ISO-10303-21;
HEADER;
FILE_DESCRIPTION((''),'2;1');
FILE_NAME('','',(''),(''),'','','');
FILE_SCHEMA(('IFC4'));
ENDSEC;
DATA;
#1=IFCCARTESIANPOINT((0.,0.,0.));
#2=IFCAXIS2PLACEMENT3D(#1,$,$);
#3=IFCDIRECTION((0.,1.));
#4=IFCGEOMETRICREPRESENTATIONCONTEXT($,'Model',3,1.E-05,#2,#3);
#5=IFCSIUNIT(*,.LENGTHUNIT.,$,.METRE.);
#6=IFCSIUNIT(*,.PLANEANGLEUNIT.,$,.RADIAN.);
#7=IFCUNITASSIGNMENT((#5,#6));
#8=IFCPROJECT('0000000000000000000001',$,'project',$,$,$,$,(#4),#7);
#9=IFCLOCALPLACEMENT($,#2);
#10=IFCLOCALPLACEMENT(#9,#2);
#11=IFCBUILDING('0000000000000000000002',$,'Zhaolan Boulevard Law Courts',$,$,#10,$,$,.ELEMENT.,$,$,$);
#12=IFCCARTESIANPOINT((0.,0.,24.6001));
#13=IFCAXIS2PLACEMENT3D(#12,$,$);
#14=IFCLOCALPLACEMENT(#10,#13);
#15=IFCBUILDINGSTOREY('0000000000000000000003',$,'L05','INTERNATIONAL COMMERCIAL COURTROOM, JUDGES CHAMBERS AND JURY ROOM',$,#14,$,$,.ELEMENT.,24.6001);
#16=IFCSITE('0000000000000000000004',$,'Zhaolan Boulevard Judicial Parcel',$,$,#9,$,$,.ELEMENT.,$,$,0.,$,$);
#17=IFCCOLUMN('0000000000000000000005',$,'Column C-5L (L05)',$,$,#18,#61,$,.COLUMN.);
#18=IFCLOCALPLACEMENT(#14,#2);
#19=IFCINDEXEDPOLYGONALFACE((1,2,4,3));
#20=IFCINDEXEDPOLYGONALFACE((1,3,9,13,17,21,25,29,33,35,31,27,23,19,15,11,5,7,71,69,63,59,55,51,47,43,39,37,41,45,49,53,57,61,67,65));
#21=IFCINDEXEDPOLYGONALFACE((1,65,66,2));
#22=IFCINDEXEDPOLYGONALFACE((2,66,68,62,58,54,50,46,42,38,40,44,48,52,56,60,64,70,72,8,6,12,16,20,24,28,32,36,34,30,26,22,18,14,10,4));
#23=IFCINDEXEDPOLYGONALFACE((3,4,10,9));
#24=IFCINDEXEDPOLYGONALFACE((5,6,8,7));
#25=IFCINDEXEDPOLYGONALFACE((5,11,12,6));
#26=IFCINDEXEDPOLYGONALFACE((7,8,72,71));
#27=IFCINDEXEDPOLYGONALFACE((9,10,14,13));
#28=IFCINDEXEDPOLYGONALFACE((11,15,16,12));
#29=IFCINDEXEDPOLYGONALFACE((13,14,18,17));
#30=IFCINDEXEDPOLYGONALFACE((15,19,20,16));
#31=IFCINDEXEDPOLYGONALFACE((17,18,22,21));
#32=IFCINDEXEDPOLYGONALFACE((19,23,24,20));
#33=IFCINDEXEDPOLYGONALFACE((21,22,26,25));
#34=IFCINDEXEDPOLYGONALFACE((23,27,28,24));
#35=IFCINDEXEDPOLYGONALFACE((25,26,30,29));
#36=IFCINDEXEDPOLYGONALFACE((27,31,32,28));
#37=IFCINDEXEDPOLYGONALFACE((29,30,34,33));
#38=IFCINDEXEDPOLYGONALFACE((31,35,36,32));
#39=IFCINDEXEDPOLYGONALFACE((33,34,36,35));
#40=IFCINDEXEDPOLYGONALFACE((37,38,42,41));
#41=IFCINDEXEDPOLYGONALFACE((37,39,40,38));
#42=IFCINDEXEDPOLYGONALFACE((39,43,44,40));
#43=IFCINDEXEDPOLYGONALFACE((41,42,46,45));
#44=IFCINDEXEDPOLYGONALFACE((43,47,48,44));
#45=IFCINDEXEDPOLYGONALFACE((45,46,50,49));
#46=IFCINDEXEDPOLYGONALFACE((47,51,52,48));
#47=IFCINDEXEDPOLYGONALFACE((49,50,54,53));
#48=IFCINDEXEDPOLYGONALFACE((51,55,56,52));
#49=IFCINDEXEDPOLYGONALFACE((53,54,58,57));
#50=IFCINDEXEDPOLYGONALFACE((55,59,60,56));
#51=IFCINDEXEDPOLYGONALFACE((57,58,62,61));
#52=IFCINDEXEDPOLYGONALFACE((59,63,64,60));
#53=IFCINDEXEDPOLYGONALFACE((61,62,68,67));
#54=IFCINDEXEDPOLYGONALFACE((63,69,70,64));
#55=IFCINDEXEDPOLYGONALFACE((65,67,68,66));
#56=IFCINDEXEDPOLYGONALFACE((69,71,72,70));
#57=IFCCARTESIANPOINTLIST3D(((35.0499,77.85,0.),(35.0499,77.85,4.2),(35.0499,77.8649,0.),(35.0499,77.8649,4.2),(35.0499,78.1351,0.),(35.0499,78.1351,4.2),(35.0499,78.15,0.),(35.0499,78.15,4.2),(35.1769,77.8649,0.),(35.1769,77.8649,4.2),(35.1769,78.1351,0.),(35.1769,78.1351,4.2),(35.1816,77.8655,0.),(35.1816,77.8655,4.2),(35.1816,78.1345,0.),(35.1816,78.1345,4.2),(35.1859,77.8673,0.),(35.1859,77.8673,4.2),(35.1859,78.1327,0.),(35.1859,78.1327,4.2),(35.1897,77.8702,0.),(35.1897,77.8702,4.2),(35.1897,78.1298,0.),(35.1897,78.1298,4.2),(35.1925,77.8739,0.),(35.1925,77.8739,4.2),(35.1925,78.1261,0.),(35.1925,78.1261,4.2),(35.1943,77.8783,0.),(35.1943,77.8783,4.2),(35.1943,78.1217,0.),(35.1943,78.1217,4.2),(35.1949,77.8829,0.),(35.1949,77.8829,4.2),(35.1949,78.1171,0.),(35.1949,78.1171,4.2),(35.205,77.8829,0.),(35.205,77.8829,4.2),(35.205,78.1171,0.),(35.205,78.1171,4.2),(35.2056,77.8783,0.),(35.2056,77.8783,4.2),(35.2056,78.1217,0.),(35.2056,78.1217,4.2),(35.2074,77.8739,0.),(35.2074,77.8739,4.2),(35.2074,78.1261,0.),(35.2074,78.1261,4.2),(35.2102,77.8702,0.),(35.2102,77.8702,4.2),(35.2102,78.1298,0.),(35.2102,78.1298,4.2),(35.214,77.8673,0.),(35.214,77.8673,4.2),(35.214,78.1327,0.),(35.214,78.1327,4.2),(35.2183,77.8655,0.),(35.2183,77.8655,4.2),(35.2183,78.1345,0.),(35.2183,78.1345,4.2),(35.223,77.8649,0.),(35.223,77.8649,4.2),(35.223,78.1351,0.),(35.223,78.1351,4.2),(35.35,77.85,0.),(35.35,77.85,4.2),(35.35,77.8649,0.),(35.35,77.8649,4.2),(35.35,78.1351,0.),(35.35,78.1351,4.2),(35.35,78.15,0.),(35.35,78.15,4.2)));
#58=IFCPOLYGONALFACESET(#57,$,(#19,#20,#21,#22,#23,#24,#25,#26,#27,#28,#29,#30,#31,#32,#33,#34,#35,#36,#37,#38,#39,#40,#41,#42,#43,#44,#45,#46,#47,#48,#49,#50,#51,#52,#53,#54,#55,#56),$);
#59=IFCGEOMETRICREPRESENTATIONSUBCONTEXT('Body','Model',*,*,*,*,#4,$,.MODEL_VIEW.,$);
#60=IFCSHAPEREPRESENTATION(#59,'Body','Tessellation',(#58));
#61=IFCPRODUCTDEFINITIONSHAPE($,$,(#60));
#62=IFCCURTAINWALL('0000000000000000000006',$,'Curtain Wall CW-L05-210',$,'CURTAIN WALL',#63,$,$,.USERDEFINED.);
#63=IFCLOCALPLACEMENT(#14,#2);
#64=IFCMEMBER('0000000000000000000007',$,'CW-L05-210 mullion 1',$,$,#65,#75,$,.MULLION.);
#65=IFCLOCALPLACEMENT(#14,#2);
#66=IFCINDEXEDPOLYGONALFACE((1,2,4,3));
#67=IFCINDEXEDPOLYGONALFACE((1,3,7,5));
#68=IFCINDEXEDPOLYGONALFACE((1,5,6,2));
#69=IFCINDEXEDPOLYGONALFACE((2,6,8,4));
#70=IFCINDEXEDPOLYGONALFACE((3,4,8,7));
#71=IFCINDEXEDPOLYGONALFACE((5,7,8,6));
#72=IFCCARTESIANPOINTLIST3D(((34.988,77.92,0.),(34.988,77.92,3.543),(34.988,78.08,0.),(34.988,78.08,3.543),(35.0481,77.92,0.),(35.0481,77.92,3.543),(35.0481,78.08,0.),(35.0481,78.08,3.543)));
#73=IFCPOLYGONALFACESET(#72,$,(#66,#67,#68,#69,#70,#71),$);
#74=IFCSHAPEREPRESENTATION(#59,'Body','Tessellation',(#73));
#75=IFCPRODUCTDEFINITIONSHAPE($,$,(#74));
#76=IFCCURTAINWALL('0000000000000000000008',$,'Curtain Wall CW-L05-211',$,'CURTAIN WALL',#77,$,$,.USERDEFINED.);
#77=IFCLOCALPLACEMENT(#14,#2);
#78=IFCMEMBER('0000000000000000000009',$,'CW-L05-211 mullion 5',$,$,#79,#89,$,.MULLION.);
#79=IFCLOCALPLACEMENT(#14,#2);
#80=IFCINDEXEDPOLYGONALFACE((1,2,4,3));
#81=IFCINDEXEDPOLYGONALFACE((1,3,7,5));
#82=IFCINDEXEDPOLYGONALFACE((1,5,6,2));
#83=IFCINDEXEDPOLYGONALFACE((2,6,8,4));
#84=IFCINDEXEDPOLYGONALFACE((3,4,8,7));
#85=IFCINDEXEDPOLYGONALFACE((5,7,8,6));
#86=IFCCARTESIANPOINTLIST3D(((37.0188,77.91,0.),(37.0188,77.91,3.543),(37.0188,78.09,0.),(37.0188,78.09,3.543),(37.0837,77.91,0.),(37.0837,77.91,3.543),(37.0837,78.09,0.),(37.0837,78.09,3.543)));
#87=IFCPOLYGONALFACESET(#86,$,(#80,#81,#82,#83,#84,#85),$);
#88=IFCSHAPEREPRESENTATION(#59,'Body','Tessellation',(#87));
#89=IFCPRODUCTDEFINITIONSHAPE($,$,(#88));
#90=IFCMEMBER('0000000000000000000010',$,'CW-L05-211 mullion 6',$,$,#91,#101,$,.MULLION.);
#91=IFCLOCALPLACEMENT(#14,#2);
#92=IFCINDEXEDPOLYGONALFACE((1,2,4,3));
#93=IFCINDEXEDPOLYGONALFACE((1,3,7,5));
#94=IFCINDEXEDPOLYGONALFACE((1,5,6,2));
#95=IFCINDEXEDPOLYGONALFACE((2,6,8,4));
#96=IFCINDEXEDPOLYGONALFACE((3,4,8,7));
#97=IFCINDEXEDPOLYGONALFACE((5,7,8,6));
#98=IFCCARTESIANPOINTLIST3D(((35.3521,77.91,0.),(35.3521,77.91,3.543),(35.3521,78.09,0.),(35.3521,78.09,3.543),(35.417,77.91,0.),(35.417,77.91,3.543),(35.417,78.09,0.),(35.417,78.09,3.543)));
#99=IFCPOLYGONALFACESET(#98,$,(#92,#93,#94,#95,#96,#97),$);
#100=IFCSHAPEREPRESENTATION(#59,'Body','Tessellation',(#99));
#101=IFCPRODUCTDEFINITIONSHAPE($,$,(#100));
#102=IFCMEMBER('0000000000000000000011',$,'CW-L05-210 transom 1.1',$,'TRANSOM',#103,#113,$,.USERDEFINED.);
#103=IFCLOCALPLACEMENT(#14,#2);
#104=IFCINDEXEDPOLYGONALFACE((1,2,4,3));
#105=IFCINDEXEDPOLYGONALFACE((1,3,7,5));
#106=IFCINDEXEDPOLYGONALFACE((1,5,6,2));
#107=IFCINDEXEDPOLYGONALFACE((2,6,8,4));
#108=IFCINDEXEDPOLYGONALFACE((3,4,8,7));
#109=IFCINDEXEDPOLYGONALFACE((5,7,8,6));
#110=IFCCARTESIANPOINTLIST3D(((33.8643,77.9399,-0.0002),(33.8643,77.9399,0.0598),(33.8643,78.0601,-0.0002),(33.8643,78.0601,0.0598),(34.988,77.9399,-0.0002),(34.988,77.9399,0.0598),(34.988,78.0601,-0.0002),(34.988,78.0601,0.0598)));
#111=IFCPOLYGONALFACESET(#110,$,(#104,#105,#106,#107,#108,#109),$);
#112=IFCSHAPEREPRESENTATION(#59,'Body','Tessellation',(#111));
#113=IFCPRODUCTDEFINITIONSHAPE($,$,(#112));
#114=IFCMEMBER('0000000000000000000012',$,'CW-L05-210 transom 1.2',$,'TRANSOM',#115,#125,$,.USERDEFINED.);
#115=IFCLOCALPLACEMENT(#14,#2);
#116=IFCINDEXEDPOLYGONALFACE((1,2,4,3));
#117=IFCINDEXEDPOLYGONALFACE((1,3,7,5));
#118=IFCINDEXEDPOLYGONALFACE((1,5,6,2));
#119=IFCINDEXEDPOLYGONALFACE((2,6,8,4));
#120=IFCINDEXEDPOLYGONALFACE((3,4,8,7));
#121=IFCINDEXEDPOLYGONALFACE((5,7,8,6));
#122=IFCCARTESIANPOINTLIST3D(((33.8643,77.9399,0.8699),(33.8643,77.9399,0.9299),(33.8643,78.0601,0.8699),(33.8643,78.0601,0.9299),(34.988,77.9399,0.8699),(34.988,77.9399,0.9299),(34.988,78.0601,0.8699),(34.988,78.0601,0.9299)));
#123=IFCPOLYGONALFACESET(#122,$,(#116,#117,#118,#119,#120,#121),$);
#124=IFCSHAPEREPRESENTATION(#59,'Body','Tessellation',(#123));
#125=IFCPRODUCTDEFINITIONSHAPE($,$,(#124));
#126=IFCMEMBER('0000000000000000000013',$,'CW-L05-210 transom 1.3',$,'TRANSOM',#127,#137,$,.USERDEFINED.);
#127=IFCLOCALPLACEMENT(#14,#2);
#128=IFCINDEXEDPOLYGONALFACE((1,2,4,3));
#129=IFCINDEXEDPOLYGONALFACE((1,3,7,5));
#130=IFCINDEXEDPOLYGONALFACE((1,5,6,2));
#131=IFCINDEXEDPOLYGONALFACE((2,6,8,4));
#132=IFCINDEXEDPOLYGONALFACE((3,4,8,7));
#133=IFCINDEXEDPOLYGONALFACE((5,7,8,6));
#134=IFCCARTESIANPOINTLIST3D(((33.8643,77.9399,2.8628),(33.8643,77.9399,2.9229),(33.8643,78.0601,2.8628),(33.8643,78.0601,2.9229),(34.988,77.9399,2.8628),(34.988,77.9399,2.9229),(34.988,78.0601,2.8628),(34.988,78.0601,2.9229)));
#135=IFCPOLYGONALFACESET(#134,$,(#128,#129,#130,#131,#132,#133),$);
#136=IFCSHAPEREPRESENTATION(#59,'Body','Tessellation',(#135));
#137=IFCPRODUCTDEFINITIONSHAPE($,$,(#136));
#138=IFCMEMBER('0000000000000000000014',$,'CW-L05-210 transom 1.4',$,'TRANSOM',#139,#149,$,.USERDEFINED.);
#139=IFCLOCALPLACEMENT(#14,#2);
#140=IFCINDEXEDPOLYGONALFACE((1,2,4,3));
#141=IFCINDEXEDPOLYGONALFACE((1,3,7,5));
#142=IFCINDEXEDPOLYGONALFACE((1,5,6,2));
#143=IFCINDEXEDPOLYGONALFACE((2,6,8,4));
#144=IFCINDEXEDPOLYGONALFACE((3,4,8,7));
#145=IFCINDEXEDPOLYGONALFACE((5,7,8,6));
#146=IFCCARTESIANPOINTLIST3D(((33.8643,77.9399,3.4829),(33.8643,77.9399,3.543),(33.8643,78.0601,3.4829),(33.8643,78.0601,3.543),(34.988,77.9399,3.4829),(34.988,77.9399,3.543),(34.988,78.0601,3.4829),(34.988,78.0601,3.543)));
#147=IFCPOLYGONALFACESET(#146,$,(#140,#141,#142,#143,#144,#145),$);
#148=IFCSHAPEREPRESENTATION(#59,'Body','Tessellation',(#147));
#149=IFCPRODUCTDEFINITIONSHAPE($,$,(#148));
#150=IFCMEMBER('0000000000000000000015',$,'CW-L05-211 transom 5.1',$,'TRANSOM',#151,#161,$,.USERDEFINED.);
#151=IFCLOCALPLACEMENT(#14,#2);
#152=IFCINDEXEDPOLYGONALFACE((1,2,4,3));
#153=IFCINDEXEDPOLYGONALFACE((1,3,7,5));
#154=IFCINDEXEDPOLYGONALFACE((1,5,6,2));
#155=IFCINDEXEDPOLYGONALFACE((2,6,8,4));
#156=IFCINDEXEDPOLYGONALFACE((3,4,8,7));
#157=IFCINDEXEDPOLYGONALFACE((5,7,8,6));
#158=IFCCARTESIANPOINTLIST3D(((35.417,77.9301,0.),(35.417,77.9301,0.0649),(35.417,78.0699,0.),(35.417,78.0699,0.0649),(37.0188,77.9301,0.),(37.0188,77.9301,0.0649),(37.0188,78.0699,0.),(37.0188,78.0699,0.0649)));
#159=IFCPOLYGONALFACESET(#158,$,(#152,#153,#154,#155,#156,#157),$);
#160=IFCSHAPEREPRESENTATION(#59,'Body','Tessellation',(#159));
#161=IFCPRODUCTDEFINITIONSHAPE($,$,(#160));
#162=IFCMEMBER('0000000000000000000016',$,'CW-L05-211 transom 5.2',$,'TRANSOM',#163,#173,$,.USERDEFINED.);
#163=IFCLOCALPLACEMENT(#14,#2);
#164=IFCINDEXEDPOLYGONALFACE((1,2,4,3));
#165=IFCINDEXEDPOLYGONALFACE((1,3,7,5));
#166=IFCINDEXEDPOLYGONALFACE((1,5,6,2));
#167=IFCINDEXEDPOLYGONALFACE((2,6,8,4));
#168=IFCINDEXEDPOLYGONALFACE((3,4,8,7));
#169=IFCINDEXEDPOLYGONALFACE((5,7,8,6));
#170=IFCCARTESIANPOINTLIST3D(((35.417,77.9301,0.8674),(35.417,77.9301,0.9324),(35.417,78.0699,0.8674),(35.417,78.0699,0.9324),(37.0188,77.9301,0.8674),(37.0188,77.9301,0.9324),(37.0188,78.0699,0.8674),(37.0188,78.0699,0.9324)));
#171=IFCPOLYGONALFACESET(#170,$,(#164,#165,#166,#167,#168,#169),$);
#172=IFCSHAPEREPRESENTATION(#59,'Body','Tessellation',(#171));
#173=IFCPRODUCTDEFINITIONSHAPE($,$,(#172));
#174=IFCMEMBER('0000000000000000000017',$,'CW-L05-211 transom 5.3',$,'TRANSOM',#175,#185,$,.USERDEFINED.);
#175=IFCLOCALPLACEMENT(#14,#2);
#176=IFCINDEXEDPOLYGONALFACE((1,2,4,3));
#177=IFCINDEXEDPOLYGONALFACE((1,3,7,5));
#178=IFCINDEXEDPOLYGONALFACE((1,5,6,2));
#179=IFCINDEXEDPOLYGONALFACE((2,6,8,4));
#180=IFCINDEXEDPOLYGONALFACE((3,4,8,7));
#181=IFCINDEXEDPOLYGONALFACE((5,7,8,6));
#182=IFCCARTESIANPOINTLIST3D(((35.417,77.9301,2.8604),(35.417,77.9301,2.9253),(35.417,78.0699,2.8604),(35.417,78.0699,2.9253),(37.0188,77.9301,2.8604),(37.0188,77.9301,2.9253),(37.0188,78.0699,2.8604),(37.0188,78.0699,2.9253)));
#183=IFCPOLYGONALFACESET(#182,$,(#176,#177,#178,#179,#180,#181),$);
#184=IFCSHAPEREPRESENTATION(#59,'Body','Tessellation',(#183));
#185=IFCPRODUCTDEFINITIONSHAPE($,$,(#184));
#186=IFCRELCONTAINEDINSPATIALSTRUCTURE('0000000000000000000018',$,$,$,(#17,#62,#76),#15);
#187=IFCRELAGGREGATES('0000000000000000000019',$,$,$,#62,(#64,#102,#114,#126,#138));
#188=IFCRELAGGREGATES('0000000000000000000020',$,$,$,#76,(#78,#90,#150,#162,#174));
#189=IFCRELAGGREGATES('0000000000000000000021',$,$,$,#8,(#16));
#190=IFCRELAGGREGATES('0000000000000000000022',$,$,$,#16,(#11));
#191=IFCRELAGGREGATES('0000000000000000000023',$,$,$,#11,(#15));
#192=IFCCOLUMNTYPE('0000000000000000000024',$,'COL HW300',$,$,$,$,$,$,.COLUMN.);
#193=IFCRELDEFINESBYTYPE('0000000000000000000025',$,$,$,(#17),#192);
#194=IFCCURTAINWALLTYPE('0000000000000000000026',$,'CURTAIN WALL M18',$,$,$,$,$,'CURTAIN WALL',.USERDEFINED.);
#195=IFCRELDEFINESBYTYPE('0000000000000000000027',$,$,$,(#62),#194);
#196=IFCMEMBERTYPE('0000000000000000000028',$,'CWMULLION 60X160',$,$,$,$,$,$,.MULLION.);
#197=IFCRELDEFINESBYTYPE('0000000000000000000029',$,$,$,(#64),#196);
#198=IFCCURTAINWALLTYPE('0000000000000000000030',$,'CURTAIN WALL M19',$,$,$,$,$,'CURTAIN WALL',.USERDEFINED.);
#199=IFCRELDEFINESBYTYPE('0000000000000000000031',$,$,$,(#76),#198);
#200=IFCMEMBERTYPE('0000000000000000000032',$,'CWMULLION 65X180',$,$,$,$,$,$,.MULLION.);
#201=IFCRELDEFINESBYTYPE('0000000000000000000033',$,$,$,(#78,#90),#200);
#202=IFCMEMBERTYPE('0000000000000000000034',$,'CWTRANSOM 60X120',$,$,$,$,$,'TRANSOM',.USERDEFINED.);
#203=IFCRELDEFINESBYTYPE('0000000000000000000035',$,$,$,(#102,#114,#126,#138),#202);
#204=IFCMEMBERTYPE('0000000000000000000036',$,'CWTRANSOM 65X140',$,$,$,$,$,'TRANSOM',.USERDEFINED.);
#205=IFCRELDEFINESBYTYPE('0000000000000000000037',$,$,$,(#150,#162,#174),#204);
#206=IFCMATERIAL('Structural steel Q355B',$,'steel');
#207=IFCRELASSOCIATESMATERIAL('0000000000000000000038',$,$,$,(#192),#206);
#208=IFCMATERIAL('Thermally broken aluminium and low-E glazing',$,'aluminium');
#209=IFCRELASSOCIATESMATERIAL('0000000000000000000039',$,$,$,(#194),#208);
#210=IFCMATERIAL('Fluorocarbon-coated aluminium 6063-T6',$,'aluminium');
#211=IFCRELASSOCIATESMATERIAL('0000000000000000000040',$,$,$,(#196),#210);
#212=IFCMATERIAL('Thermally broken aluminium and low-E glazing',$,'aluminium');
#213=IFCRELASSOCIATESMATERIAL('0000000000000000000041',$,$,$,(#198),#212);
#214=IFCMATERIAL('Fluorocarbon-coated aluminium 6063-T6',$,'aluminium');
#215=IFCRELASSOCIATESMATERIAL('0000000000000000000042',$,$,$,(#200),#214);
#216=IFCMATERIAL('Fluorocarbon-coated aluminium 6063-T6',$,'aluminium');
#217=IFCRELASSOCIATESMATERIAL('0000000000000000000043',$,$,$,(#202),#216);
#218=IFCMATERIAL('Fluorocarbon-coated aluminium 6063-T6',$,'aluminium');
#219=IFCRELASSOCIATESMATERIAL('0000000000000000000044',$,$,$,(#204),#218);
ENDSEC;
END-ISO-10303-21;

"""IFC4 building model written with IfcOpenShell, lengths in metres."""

from ifc_helpers import new_model, si_unit, direction, frame, origin, origin_2d, place, context, subcontext, project, spatial, rectangle, i_section, extrude, material, material_profile, profile_set, type_object, element, aggregate, save


model = new_model("IFC4")

# Units and contexts
model_context = context("Model", 3, precision=1e-05, world=origin(), true_north=direction((0.0, 1.0)))
body_context = subcontext(model_context, "Body", "Model", "MODEL_VIEW")
ifc_project = project(units=[si_unit("LENGTHUNIT", "METRE"), si_unit("PLANEANGLEUNIT", "RADIAN")], contexts=[model_context])

# Site, building, storey
site_placement = place(None, origin())
site = spatial("IfcSite", under=ifc_project, at=site_placement, Name="Zhaolan Boulevard Judicial Parcel", CompositionType="ELEMENT", RefElevation=0.0)
building_placement = place(site_placement, origin())
building = spatial("IfcBuilding", under=site, at=building_placement, Name="Zhaolan Boulevard Law Courts", CompositionType="ELEMENT")
storey_placement = place(building_placement, frame((0.0, 0.0, 24.6001)))
storey = spatial("IfcBuildingStorey", under=building, at=storey_placement, Name="L05", Description="INTERNATIONAL COMMERCIAL COURTROOM, JUDGES CHAMBERS AND JURY ROOM", CompositionType="ELEMENT", Elevation=24.6001)

# Column
ifc_material_1 = material(Name="Structural steel Q355B", Category="steel")
ifc_material_profile_1 = material_profile(ifc_material_1, i_section(OverallWidth=0.3, OverallDepth=0.3, WebThickness=0.01, FlangeThickness=0.0149, FilletRadius=0.0181, at=origin_2d()), Name="HW300x300")
ifc_profile_set_1 = profile_set([ifc_material_profile_1], Name="Structural steel Q355B")
column_type = type_object("IfcColumnType", Name="COL HW300", PredefinedType="COLUMN", material=ifc_profile_set_1)
column_placement = place(storey_placement, frame((35.2, 78.0, 0.0), z_axis=(0.0, 0.0, 1.0), x_axis=(1.0, 0.0, 0.0)))
element("IfcColumn", 1, at=column_placement, inside=storey, type_object=column_type, Name="Column C-5L (L05)", PredefinedType="COLUMN", context=body_context, shape_type="SweptSolid", body=[
    extrude(i_section(OverallWidth=0.3, OverallDepth=0.3, WebThickness=0.01, FlangeThickness=0.0149, FilletRadius=0.0181, at=origin_2d()), origin(), (0.0, 0.0, 1.0), 4.2),
])

# Curtain wall, member
ifc_material_2 = material(Name="Thermally broken aluminium and low-E glazing", Category="aluminium")
curtain_wall_type_1 = type_object("IfcCurtainWallType", Name="CURTAIN WALL M18", ElementType="CURTAIN WALL", PredefinedType="USERDEFINED", material=ifc_material_2)
curtain_wall_1_placement = place(storey_placement, origin())
curtain_wall_1 = element("IfcCurtainWall", 2, at=curtain_wall_1_placement, inside=storey, type_object=curtain_wall_type_1, Name="Curtain Wall CW-L05-210", ObjectType="CURTAIN WALL", PredefinedType="USERDEFINED")
ifc_material_3 = material(Name="Fluorocarbon-coated aluminium 6063-T6", Category="aluminium")
ifc_material_profile_2 = material_profile(ifc_material_3, rectangle(XDim=0.1599, YDim=0.0601, at=origin_2d()), Name="AL60x160")
ifc_profile_set_2 = profile_set([ifc_material_profile_2], Name="Fluorocarbon-coated aluminium 6063-T6")
member_type_1 = type_object("IfcMemberType", Name="CWMULLION 60X160", PredefinedType="MULLION", material=ifc_profile_set_2)
member_1_placement = place(storey_placement, frame((35.0181, 78.0, 0.0), z_axis=(0.0, 0.0, 1.0), x_axis=(0.0, -1.0, 0.0)))
member_1 = element("IfcMember", 3, at=member_1_placement, type_object=member_type_1, Name="CW-L05-210 mullion 1", PredefinedType="MULLION", context=body_context, shape_type="SweptSolid", body=[
    extrude(rectangle(XDim=0.1599, YDim=0.0601, at=origin_2d()), origin(), (0.0, 0.0, 1.0), 3.543),
])

# Curtain wall, members
ifc_material_4 = material(Name="Thermally broken aluminium and low-E glazing", Category="aluminium")
curtain_wall_type_2 = type_object("IfcCurtainWallType", Name="CURTAIN WALL M19", ElementType="CURTAIN WALL", PredefinedType="USERDEFINED", material=ifc_material_4)
curtain_wall_2_placement = place(storey_placement, origin())
curtain_wall_2 = element("IfcCurtainWall", 4, at=curtain_wall_2_placement, inside=storey, type_object=curtain_wall_type_2, Name="Curtain Wall CW-L05-211", ObjectType="CURTAIN WALL", PredefinedType="USERDEFINED")
ifc_material_5 = material(Name="Fluorocarbon-coated aluminium 6063-T6", Category="aluminium")
ifc_material_profile_3 = material_profile(ifc_material_5, rectangle(XDim=0.1799, YDim=0.0649, at=origin_2d()), Name="AL65x180")
ifc_profile_set_3 = profile_set([ifc_material_profile_3], Name="Fluorocarbon-coated aluminium 6063-T6")
member_type_2 = type_object("IfcMemberType", Name="CWMULLION 65X180", PredefinedType="MULLION", material=ifc_profile_set_3)
member_2_placement = place(storey_placement, frame((37.0513, 78.0, 0.0), z_axis=(0.0, 0.0, 1.0), x_axis=(0.0, -1.0, 0.0)))
member_2 = element("IfcMember", 5, at=member_2_placement, type_object=member_type_2, Name="CW-L05-211 mullion 5", PredefinedType="MULLION", context=body_context, shape_type="SweptSolid", body=[
    extrude(rectangle(XDim=0.1799, YDim=0.0649, at=origin_2d()), origin(), (0.0, 0.0, 1.0), 3.543),
])
member_3_placement = place(storey_placement, frame((35.3845, 78.0, 0.0), z_axis=(0.0, 0.0, 1.0), x_axis=(0.0, -1.0, 0.0)))
member_3 = element("IfcMember", 6, at=member_3_placement, type_object=member_type_2, Name="CW-L05-211 mullion 6", PredefinedType="MULLION", context=body_context, shape_type="SweptSolid", body=[
    extrude(rectangle(XDim=0.1799, YDim=0.0649, at=origin_2d()), origin(), (0.0, 0.0, 1.0), 3.543),
])

# Members
ifc_material_6 = material(Name="Fluorocarbon-coated aluminium 6063-T6", Category="aluminium")
ifc_material_profile_4 = material_profile(ifc_material_6, rectangle(XDim=0.1201, YDim=0.0601, at=origin_2d()), Name="AL60x120")
ifc_profile_set_4 = profile_set([ifc_material_profile_4], Name="Fluorocarbon-coated aluminium 6063-T6")
member_type_3 = type_object("IfcMemberType", Name="CWTRANSOM 60X120", ElementType="TRANSOM", PredefinedType="USERDEFINED", material=ifc_profile_set_4)
member_4_placement = place(storey_placement, frame((34.988, 78.0, 0.0298), z_axis=(-1.0, 0.0, 0.0), x_axis=(0.0, -1.0, 0.0)))
member_4 = element("IfcMember", 7, at=member_4_placement, type_object=member_type_3, Name="CW-L05-210 transom 1.1", ObjectType="TRANSOM", PredefinedType="USERDEFINED", context=body_context, shape_type="SweptSolid", body=[
    extrude(rectangle(XDim=0.1201, YDim=0.0601, at=origin_2d()), origin(), (0.0, 0.0, 1.0), 1.1238),
])
member_5_placement = place(storey_placement, frame((34.988, 78.0, 0.8999), z_axis=(-1.0, 0.0, 0.0), x_axis=(0.0, -1.0, 0.0)))
member_5 = element("IfcMember", 8, at=member_5_placement, type_object=member_type_3, Name="CW-L05-210 transom 1.2", ObjectType="TRANSOM", PredefinedType="USERDEFINED", context=body_context, shape_type="SweptSolid", body=[
    extrude(rectangle(XDim=0.1201, YDim=0.0601, at=origin_2d()), origin(), (0.0, 0.0, 1.0), 1.1238),
])
member_6_placement = place(storey_placement, frame((34.988, 78.0, 2.8928), z_axis=(-1.0, 0.0, 0.0), x_axis=(0.0, -1.0, 0.0)))
member_6 = element("IfcMember", 9, at=member_6_placement, type_object=member_type_3, Name="CW-L05-210 transom 1.3", ObjectType="TRANSOM", PredefinedType="USERDEFINED", context=body_context, shape_type="SweptSolid", body=[
    extrude(rectangle(XDim=0.1201, YDim=0.0601, at=origin_2d()), origin(), (0.0, 0.0, 1.0), 1.1238),
])
member_7_placement = place(storey_placement, frame((34.988, 78.0, 3.5129), z_axis=(-1.0, 0.0, 0.0), x_axis=(0.0, -1.0, 0.0)))
member_7 = element("IfcMember", 10, at=member_7_placement, type_object=member_type_3, Name="CW-L05-210 transom 1.4", ObjectType="TRANSOM", PredefinedType="USERDEFINED", context=body_context, shape_type="SweptSolid", body=[
    extrude(rectangle(XDim=0.1201, YDim=0.0601, at=origin_2d()), origin(), (0.0, 0.0, 1.0), 1.1238),
])
ifc_material_7 = material(Name="Fluorocarbon-coated aluminium 6063-T6", Category="aluminium")
ifc_material_profile_5 = material_profile(ifc_material_7, rectangle(XDim=0.1399, YDim=0.0649, at=origin_2d()), Name="AL65x140")
ifc_profile_set_5 = profile_set([ifc_material_profile_5], Name="Fluorocarbon-coated aluminium 6063-T6")
member_type_4 = type_object("IfcMemberType", Name="CWTRANSOM 65X140", ElementType="TRANSOM", PredefinedType="USERDEFINED", material=ifc_profile_set_5)
member_8_placement = place(storey_placement, frame((37.0188, 78.0, 0.0325), z_axis=(-1.0, 0.0, 0.0), x_axis=(0.0, -1.0, 0.0)))
member_8 = element("IfcMember", 11, at=member_8_placement, type_object=member_type_4, Name="CW-L05-211 transom 5.1", ObjectType="TRANSOM", PredefinedType="USERDEFINED", context=body_context, shape_type="SweptSolid", body=[
    extrude(rectangle(XDim=0.1399, YDim=0.0649, at=origin_2d()), origin(), (0.0, 0.0, 1.0), 1.6018),
])
member_9_placement = place(storey_placement, frame((37.0188, 78.0, 0.8999), z_axis=(-1.0, 0.0, 0.0), x_axis=(0.0, -1.0, 0.0)))
member_9 = element("IfcMember", 12, at=member_9_placement, type_object=member_type_4, Name="CW-L05-211 transom 5.2", ObjectType="TRANSOM", PredefinedType="USERDEFINED", context=body_context, shape_type="SweptSolid", body=[
    extrude(rectangle(XDim=0.1399, YDim=0.0649, at=origin_2d()), origin(), (0.0, 0.0, 1.0), 1.6018),
])
member_10_placement = place(storey_placement, frame((37.0188, 78.0, 2.8928), z_axis=(-1.0, 0.0, 0.0), x_axis=(0.0, -1.0, 0.0)))
member_10 = element("IfcMember", 13, at=member_10_placement, type_object=member_type_4, Name="CW-L05-211 transom 5.3", ObjectType="TRANSOM", PredefinedType="USERDEFINED", context=body_context, shape_type="SweptSolid", body=[
    extrude(rectangle(XDim=0.1399, YDim=0.0649, at=origin_2d()), origin(), (0.0, 0.0, 1.0), 1.6018),
])

aggregate(curtain_wall_1, [member_1, member_4, member_5, member_6, member_7])
aggregate(curtain_wall_2, [member_2, member_3, member_8, member_9, member_10])

save(model, "model.ifc")
